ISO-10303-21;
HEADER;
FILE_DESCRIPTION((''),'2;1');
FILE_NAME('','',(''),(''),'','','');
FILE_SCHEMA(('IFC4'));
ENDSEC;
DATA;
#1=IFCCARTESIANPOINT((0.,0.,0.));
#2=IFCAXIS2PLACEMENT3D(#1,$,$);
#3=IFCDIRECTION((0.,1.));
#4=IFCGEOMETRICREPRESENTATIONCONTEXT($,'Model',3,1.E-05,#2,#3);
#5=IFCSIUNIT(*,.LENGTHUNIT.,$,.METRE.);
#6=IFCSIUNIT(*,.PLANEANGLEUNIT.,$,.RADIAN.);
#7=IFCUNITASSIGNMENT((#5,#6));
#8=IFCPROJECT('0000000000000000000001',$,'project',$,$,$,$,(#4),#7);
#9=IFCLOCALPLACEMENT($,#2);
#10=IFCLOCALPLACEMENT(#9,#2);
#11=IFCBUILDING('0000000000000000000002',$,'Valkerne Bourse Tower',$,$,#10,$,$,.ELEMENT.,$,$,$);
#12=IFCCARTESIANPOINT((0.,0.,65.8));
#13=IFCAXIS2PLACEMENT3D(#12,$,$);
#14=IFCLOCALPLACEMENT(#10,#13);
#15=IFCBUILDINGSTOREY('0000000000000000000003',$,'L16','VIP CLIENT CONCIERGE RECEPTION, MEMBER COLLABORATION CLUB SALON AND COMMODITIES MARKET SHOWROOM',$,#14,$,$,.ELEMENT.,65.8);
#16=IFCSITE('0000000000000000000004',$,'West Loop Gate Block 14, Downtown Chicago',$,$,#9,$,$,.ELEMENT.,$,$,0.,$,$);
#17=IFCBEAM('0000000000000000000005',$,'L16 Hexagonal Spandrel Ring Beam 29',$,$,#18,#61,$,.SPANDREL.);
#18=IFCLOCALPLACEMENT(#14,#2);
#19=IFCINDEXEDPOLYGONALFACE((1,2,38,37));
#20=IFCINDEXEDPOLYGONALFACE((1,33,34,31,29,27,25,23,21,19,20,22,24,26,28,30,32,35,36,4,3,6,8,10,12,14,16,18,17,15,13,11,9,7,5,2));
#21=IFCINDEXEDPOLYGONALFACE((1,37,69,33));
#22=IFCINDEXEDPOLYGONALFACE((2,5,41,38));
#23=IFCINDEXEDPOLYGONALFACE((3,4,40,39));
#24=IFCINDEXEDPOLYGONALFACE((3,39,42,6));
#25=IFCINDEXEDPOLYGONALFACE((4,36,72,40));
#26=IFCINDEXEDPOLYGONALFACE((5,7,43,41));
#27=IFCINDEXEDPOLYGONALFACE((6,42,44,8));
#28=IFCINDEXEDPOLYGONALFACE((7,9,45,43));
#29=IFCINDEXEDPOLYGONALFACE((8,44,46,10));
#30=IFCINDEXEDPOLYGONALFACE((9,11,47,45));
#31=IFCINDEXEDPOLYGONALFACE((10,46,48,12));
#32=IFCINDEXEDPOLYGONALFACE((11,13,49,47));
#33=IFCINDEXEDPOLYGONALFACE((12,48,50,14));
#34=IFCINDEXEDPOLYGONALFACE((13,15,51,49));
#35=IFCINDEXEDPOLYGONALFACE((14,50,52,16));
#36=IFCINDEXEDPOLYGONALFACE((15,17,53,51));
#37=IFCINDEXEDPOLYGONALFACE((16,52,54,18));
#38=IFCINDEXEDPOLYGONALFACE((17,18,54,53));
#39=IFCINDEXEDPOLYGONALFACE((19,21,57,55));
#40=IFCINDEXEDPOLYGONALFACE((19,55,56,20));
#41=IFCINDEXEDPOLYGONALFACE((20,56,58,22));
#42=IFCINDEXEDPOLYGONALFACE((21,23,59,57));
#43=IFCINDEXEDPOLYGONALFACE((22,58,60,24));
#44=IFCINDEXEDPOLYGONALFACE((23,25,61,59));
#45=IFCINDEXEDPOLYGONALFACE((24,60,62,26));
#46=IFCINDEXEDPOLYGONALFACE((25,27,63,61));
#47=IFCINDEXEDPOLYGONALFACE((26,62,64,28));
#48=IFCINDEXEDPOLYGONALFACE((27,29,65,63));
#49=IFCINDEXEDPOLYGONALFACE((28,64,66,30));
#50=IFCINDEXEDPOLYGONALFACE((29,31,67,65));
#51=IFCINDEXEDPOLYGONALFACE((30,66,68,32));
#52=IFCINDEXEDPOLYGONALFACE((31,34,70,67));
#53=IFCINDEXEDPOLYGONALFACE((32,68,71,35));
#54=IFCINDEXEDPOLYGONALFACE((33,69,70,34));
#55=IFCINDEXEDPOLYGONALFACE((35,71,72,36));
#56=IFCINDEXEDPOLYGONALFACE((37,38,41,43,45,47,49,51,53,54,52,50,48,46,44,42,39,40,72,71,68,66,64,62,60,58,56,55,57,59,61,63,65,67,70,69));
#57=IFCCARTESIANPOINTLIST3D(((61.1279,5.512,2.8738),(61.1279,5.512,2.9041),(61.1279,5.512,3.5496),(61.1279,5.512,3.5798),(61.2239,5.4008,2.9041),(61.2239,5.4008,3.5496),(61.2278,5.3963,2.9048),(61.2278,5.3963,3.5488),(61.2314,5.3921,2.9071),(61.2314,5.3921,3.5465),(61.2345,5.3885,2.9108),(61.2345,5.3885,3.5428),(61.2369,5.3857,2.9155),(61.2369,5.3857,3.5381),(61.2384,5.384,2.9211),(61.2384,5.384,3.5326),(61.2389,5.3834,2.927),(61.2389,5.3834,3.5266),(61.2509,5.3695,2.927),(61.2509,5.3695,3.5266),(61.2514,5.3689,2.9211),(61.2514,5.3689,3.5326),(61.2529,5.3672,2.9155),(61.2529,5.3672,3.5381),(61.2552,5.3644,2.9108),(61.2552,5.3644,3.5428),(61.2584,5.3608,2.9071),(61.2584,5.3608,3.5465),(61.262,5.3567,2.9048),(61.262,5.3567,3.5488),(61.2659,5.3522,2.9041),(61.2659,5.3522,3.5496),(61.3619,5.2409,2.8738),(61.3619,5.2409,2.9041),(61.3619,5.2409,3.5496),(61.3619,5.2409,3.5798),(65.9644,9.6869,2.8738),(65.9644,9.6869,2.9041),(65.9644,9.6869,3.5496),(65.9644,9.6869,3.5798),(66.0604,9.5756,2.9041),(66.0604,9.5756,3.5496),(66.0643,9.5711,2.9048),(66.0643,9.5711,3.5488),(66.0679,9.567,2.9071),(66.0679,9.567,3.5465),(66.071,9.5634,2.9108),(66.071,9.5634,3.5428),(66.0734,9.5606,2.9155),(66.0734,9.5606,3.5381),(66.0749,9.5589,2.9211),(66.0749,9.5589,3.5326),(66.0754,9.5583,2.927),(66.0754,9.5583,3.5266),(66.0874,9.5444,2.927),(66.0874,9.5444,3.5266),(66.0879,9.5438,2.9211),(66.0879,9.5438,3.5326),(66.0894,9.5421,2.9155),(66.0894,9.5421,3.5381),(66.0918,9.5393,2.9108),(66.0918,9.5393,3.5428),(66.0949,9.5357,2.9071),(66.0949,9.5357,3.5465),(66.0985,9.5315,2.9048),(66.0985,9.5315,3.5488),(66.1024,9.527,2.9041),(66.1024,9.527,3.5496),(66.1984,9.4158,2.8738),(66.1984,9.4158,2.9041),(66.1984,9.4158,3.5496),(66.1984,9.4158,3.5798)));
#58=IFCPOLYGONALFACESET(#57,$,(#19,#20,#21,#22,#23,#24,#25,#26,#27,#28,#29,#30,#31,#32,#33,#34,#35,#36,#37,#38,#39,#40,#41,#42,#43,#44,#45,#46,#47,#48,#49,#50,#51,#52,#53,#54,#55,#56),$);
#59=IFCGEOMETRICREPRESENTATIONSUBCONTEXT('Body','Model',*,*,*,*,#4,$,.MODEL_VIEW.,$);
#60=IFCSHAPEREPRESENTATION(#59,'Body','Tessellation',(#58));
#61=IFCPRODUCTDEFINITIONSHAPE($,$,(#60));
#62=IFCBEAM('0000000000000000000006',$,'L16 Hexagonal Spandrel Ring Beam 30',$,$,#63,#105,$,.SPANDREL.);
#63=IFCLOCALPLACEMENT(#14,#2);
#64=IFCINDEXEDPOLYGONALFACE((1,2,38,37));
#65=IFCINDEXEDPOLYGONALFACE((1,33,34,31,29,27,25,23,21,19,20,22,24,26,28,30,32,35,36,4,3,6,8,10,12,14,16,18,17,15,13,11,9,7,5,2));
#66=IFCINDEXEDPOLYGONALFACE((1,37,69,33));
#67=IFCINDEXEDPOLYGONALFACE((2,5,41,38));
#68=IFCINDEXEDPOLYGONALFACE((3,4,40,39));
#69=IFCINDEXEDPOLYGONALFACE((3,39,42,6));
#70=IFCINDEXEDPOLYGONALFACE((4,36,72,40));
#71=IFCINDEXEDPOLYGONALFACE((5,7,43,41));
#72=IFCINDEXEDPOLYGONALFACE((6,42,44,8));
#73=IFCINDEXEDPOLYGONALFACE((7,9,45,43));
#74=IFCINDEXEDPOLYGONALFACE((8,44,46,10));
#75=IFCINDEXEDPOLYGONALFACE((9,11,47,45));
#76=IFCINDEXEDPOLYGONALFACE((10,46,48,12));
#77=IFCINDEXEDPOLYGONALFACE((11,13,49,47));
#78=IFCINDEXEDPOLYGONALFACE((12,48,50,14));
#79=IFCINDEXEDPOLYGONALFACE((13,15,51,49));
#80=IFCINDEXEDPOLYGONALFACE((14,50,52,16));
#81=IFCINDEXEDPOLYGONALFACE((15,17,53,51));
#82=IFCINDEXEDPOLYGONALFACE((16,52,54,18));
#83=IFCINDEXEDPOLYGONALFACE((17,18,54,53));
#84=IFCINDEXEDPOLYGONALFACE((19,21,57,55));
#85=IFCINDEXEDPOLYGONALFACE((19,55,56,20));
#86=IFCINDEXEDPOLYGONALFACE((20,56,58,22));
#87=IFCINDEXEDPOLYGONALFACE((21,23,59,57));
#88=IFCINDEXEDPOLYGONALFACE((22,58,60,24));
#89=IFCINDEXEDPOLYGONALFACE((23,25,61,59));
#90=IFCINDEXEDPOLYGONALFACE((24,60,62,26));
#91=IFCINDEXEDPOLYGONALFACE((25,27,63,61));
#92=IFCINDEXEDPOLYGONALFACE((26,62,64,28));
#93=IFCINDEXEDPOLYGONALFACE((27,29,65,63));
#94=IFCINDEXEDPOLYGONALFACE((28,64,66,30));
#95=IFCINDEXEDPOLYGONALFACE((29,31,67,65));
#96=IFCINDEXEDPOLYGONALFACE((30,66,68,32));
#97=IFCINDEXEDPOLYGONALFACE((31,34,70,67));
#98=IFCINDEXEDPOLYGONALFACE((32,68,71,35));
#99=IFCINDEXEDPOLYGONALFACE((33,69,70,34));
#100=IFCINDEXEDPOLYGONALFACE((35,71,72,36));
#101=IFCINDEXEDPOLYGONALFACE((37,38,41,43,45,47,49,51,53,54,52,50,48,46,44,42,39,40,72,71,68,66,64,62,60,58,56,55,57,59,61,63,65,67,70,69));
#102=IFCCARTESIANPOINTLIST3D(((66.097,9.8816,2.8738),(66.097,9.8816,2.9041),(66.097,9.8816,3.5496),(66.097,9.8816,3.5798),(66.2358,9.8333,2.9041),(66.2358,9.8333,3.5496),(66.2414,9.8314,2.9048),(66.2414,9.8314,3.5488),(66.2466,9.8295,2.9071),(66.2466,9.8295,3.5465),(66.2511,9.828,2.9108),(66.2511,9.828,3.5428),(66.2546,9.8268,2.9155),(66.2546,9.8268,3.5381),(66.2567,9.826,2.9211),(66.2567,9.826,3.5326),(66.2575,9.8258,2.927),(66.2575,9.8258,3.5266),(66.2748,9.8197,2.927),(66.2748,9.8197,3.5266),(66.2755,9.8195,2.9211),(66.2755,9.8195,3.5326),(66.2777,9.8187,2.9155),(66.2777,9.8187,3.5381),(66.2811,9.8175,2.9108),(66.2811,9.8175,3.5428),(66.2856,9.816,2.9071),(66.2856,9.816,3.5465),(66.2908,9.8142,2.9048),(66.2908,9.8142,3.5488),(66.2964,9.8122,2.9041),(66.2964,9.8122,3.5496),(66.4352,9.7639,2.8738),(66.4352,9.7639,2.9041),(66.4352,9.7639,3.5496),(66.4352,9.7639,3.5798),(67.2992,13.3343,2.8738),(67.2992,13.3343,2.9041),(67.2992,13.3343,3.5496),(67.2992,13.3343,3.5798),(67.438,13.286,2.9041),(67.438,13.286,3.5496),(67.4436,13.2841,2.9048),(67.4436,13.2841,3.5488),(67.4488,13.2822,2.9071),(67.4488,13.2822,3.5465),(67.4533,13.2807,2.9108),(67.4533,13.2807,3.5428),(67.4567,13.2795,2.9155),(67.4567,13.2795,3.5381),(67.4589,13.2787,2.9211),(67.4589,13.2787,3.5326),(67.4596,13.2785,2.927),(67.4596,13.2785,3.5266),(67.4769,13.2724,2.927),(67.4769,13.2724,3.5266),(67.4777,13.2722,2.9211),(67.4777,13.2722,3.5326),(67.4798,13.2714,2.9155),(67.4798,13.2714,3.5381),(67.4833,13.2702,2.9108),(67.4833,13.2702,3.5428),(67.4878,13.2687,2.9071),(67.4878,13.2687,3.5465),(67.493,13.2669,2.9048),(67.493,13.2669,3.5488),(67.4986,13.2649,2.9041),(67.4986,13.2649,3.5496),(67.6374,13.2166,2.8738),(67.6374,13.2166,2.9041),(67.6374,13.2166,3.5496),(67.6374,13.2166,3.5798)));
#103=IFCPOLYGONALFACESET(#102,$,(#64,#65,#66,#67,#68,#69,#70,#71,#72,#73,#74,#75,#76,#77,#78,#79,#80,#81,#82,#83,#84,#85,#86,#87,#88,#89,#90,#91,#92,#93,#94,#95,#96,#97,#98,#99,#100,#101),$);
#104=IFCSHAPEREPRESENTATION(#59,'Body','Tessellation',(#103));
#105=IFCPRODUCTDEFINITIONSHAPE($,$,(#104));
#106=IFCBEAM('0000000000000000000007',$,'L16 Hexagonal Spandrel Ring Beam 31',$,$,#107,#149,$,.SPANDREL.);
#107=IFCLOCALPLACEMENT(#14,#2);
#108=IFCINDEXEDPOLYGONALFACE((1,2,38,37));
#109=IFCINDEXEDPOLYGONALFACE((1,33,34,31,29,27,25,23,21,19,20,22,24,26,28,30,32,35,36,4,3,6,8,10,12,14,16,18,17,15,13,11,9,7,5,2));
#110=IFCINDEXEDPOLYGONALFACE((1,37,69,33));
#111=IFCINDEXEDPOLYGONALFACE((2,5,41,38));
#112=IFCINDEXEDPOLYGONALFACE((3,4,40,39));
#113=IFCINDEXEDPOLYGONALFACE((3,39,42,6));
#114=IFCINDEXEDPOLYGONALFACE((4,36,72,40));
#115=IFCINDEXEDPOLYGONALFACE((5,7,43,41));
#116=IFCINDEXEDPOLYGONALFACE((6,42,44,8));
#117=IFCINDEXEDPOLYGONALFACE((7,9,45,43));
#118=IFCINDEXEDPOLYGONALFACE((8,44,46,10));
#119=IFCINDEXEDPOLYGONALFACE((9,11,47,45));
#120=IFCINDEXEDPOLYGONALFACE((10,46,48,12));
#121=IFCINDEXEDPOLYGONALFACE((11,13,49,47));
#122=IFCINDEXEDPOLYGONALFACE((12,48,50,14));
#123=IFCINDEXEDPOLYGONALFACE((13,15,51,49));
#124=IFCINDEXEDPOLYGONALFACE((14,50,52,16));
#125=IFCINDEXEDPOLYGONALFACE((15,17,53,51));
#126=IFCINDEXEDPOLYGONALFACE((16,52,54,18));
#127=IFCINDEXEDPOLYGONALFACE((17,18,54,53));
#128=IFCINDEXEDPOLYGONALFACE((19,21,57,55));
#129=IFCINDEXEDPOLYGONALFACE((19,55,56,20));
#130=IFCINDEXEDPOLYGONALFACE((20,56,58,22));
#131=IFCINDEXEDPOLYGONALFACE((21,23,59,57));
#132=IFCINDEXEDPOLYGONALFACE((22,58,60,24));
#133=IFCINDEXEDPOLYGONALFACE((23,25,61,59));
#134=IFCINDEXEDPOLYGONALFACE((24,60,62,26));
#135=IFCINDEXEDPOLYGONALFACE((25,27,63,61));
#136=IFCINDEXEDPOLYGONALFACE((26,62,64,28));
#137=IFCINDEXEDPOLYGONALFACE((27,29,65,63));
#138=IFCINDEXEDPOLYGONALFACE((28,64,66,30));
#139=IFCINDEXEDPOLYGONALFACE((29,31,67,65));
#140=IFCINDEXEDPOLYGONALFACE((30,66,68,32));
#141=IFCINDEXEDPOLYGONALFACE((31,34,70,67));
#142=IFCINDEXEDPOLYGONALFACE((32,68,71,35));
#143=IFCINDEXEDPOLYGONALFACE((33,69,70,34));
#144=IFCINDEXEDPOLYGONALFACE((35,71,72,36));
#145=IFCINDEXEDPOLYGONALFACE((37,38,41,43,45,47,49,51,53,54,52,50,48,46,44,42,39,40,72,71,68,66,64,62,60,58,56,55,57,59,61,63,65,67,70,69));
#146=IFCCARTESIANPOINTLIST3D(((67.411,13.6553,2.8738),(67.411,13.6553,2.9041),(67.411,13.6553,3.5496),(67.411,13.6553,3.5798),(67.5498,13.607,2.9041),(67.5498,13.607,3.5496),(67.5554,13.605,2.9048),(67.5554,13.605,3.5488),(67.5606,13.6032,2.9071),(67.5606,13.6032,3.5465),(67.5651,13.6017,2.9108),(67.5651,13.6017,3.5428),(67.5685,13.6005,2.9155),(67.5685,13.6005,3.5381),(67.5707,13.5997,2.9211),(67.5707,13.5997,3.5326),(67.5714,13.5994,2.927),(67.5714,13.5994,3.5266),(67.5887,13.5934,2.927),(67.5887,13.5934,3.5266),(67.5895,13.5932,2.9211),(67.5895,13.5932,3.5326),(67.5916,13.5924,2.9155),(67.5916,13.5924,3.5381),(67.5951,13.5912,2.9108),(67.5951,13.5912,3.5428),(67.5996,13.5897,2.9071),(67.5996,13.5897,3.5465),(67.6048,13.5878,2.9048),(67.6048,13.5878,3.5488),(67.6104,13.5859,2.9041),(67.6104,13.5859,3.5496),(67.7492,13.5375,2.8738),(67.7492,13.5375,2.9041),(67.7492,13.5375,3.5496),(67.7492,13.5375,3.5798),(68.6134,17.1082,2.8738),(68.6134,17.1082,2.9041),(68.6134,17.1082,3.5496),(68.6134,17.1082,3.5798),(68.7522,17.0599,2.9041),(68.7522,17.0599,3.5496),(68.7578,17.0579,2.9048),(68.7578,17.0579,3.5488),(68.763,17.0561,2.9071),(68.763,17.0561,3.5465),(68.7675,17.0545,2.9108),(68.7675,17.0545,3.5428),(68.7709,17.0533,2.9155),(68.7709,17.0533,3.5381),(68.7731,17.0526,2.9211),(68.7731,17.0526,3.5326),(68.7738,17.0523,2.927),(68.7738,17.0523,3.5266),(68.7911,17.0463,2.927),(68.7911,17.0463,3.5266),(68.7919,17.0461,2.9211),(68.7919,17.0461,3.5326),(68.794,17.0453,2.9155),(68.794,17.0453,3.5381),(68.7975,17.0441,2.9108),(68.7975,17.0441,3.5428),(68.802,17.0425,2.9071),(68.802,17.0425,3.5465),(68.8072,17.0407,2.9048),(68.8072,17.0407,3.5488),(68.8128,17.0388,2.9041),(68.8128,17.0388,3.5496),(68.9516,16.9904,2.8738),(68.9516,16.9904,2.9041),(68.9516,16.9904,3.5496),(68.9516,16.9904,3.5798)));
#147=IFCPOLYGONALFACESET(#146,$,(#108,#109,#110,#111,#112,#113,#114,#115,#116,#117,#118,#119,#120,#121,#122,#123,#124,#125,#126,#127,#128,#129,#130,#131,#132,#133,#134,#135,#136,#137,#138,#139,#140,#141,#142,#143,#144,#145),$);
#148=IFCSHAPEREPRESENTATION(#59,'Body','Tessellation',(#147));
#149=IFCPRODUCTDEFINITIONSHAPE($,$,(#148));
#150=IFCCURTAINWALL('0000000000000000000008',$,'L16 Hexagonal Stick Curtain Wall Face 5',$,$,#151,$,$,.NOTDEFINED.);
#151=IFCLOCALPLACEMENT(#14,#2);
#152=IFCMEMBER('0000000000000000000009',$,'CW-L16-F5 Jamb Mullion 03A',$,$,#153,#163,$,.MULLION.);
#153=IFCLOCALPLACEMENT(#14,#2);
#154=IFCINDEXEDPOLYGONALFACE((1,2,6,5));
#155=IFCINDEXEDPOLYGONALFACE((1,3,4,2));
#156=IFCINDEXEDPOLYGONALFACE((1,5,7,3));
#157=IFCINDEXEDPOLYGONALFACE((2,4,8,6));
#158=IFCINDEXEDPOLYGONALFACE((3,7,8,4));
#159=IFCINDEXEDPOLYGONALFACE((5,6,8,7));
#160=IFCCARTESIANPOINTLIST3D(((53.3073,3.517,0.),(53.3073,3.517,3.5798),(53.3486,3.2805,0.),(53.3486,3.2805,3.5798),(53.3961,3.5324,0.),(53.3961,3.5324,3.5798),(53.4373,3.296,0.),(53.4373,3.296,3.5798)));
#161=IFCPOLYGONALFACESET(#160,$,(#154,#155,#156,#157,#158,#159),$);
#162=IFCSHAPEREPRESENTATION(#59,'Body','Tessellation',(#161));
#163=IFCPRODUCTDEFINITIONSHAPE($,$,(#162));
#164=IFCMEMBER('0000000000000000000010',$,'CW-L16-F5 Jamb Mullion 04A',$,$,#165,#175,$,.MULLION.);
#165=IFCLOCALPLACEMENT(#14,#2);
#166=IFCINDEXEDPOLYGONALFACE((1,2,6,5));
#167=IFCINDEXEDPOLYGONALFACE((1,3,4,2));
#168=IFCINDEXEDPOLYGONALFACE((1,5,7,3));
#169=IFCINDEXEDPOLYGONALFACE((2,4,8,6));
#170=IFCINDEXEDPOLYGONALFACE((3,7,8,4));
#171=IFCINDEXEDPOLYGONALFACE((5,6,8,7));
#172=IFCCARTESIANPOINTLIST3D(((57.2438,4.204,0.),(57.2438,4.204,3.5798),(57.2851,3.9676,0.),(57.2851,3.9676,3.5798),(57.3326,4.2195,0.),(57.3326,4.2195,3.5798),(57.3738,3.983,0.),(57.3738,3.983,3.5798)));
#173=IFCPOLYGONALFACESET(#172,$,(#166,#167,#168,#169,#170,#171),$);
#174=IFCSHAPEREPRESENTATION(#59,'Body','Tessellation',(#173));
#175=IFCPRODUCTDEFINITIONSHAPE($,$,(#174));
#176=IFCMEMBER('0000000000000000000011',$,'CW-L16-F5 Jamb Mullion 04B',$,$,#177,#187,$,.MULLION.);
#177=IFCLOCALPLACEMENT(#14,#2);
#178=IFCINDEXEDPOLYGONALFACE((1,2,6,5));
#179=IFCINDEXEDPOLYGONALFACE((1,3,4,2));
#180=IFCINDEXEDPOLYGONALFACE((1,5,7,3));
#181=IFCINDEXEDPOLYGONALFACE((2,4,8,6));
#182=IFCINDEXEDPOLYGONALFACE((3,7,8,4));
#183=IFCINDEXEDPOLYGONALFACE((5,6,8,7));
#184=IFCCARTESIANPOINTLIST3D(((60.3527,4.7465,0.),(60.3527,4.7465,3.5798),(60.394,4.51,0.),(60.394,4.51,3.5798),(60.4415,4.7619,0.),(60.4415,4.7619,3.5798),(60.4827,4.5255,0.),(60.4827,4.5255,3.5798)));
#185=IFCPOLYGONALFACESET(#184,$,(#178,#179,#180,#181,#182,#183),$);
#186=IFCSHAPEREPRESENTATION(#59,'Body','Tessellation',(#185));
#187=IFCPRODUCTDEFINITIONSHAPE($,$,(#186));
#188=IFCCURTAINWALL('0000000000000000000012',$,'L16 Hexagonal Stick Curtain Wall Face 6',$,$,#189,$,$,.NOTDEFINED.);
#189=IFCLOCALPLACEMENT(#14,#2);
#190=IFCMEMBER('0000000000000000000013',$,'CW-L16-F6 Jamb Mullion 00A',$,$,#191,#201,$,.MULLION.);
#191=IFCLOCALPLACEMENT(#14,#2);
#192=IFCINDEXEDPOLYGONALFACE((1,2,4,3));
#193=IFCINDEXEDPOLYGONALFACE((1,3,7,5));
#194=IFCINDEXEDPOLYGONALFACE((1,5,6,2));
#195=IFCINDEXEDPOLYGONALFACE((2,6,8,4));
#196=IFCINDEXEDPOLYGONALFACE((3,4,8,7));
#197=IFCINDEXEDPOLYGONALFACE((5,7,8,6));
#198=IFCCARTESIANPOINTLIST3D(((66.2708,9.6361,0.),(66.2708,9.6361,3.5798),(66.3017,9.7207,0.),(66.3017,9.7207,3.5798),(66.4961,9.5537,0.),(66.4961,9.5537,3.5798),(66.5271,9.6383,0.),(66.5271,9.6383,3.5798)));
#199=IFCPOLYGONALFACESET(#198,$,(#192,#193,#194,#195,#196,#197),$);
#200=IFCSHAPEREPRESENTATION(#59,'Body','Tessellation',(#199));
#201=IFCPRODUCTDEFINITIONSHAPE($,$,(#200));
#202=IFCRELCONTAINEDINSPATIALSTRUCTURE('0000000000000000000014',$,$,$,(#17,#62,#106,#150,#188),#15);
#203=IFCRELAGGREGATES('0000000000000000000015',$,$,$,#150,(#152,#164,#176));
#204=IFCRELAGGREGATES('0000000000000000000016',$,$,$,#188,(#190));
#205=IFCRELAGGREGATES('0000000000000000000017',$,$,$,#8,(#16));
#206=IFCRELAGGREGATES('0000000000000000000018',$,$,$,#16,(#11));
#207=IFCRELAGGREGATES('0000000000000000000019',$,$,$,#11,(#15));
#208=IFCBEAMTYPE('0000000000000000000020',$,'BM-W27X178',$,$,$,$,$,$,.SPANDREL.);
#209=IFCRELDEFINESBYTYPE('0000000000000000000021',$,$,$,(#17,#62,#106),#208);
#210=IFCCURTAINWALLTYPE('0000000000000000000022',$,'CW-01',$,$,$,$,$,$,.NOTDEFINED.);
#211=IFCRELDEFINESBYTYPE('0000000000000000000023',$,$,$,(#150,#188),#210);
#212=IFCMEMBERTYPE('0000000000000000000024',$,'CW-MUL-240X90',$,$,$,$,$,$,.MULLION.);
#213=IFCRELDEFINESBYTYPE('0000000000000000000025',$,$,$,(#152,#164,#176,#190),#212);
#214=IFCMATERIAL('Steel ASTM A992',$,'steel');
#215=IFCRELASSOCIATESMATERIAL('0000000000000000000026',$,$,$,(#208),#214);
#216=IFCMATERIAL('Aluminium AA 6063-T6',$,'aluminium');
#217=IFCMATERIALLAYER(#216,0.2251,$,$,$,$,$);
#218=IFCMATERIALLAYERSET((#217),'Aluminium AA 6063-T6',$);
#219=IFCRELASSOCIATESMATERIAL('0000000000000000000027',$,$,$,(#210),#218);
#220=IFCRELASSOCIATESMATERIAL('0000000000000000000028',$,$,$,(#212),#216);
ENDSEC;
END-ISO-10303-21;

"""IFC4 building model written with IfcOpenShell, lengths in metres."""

from ifc_helpers import new_model, si_unit, direction, frame, origin, origin_2d, place, context, subcontext, project, spatial, rectangle, i_section, extrude, material, layer, layer_set, material_profile, profile_set, type_object, element, aggregate, save


model = new_model("IFC4")

# Units and contexts
model_context = context("Model", 3, precision=1e-05, world=origin(), true_north=direction((0.0, 1.0)))
body_context = subcontext(model_context, "Body", "Model", "MODEL_VIEW")
ifc_project = project(units=[si_unit("LENGTHUNIT", "METRE"), si_unit("PLANEANGLEUNIT", "RADIAN")], contexts=[model_context])

# Site, building, storey
site_placement = place(None, origin())
site = spatial("IfcSite", under=ifc_project, at=site_placement, Name="West Loop Gate Block 14, Downtown Chicago", CompositionType="ELEMENT", RefElevation=0.0)
building_placement = place(site_placement, origin())
building = spatial("IfcBuilding", under=site, at=building_placement, Name="Valkerne Bourse Tower", CompositionType="ELEMENT")
storey_placement = place(building_placement, frame((0.0, 0.0, 65.8)))
storey = spatial("IfcBuildingStorey", under=building, at=storey_placement, Name="L16", Description="VIP CLIENT CONCIERGE RECEPTION, MEMBER COLLABORATION CLUB SALON AND COMMODITIES MARKET SHOWROOM", CompositionType="ELEMENT", Elevation=65.8)

# Beams
ifc_material_1 = material(Name="Steel ASTM A992", Category="steel")
ifc_material_profile_1 = material_profile(ifc_material_1, i_section(OverallWidth=0.3582, OverallDepth=0.7061, WebThickness=0.0183, FlangeThickness=0.0303, FilletRadius=0.0229, at=origin_2d()), Name="W27X178")
ifc_profile_set_1 = profile_set([ifc_material_profile_1], Name="Steel ASTM A992")
beam_type = type_object("IfcBeamType", Name="BM-W27X178", PredefinedType="SPANDREL", material=ifc_profile_set_1)
beam_1_placement = place(storey_placement, frame((61.2449, 5.3765, 3.2268), z_axis=(0.756986, 0.653431, 0.0), x_axis=(-0.653431, 0.756986, 0.0)))
element("IfcBeam", 1, at=beam_1_placement, inside=storey, type_object=beam_type, Name="L16 Hexagonal Spandrel Ring Beam 29", PredefinedType="SPANDREL", context=body_context, shape_type="SweptSolid", body=[
    extrude(i_section(OverallWidth=0.3582, OverallDepth=0.7061, WebThickness=0.0183, FlangeThickness=0.0303, FilletRadius=0.0229, at=origin_2d()), origin(), (0.0, 0.0, 1.0), 6.3892),
])
beam_2_placement = place(storey_placement, frame((66.2661, 9.8228, 3.2268), z_axis=(0.328821, 0.944392, 0.0), x_axis=(-0.944392, 0.328821, 0.0)))
element("IfcBeam", 2, at=beam_2_placement, inside=storey, type_object=beam_type, Name="L16 Hexagonal Spandrel Ring Beam 30", PredefinedType="SPANDREL", context=body_context, shape_type="SweptSolid", body=[
    extrude(i_section(OverallWidth=0.3582, OverallDepth=0.7061, WebThickness=0.0183, FlangeThickness=0.0303, FilletRadius=0.0229, at=origin_2d()), origin(), (0.0, 0.0, 1.0), 3.656),
])
beam_3_placement = place(storey_placement, frame((67.5801, 13.5964, 3.2268), z_axis=(0.32886, 0.944379, 0.0), x_axis=(-0.944379, 0.32886, 0.0)))
element("IfcBeam", 3, at=beam_3_placement, inside=storey, type_object=beam_type, Name="L16 Hexagonal Spandrel Ring Beam 31", PredefinedType="SPANDREL", context=body_context, shape_type="SweptSolid", body=[
    extrude(i_section(OverallWidth=0.3582, OverallDepth=0.7061, WebThickness=0.0183, FlangeThickness=0.0303, FilletRadius=0.0229, at=origin_2d()), origin(), (0.0, 0.0, 1.0), 3.6562),
])

# Curtain walls, members
ifc_material_2 = material(Name="Aluminium AA 6063-T6", Category="aluminium")
ifc_layer_1 = layer(ifc_material_2, 0.2251)
ifc_layer_set_1 = layer_set([ifc_layer_1], Name="Aluminium AA 6063-T6")
curtain_wall_type = type_object("IfcCurtainWallType", Name="CW-01", PredefinedType="NOTDEFINED", material=ifc_layer_set_1)
curtain_wall_1_placement = place(storey_placement, origin())
curtain_wall_1 = element("IfcCurtainWall", 4, at=curtain_wall_1_placement, inside=storey, type_object=curtain_wall_type, Name="L16 Hexagonal Stick Curtain Wall Face 5", PredefinedType="NOTDEFINED")
ifc_material_profile_2 = material_profile(ifc_material_2, rectangle(XDim=0.0901, YDim=0.24, at=origin_2d()), Name="CWM-90X240")
ifc_profile_set_2 = profile_set([ifc_material_profile_2], Name="Aluminium AA 6063-T6")
member_type_1 = type_object("IfcMemberType", Name="CW-MUL-240X90", PredefinedType="MULLION", material=ifc_profile_set_2)
member_1_placement = place(storey_placement, frame((53.3723, 3.4065, 0.0), z_axis=(0.0, 0.0, 1.0), x_axis=(0.985111, 0.171922, 0.0)))
member_1 = element("IfcMember", 5, at=member_1_placement, type_object=member_type_1, Name="CW-L16-F5 Jamb Mullion 03A", PredefinedType="MULLION", context=body_context, shape_type="SweptSolid", body=[
    extrude(rectangle(XDim=0.0901, YDim=0.24, at=origin_2d()), origin(), (0.0, 0.0, 1.0), 3.5798),
])
member_2_placement = place(storey_placement, frame((57.3088, 4.0935, 0.0), z_axis=(0.0, 0.0, 1.0), x_axis=(0.985111, 0.171922, 0.0)))
member_2 = element("IfcMember", 6, at=member_2_placement, type_object=member_type_1, Name="CW-L16-F5 Jamb Mullion 04A", PredefinedType="MULLION", context=body_context, shape_type="SweptSolid", body=[
    extrude(rectangle(XDim=0.0901, YDim=0.24, at=origin_2d()), origin(), (0.0, 0.0, 1.0), 3.5798),
])
member_3_placement = place(storey_placement, frame((60.4177, 4.636, 0.0), z_axis=(0.0, 0.0, 1.0), x_axis=(0.985111, 0.171922, 0.0)))
member_3 = element("IfcMember", 7, at=member_3_placement, type_object=member_type_1, Name="CW-L16-F5 Jamb Mullion 04B", PredefinedType="MULLION", context=body_context, shape_type="SweptSolid", body=[
    extrude(rectangle(XDim=0.0901, YDim=0.24, at=origin_2d()), origin(), (0.0, 0.0, 1.0), 3.5798),
])
curtain_wall_2_placement = place(storey_placement, origin())
curtain_wall_2 = element("IfcCurtainWall", 8, at=curtain_wall_2_placement, inside=storey, type_object=curtain_wall_type, Name="L16 Hexagonal Stick Curtain Wall Face 6", PredefinedType="NOTDEFINED")
member_4_placement = place(storey_placement, frame((66.3989, 9.6372, 0.0), z_axis=(0.0, 0.0, 1.0), x_axis=(0.343661, 0.939094, 0.0)))
member_4 = element("IfcMember", 9, at=member_4_placement, type_object=member_type_1, Name="CW-L16-F6 Jamb Mullion 00A", PredefinedType="MULLION", context=body_context, shape_type="SweptSolid", body=[
    extrude(rectangle(XDim=0.0901, YDim=0.24, at=origin_2d()), origin(), (0.0, 0.0, 1.0), 3.5798),
])

aggregate(curtain_wall_1, [member_1, member_2, member_3])
aggregate(curtain_wall_2, [member_4])

save(model, "model.ifc")
